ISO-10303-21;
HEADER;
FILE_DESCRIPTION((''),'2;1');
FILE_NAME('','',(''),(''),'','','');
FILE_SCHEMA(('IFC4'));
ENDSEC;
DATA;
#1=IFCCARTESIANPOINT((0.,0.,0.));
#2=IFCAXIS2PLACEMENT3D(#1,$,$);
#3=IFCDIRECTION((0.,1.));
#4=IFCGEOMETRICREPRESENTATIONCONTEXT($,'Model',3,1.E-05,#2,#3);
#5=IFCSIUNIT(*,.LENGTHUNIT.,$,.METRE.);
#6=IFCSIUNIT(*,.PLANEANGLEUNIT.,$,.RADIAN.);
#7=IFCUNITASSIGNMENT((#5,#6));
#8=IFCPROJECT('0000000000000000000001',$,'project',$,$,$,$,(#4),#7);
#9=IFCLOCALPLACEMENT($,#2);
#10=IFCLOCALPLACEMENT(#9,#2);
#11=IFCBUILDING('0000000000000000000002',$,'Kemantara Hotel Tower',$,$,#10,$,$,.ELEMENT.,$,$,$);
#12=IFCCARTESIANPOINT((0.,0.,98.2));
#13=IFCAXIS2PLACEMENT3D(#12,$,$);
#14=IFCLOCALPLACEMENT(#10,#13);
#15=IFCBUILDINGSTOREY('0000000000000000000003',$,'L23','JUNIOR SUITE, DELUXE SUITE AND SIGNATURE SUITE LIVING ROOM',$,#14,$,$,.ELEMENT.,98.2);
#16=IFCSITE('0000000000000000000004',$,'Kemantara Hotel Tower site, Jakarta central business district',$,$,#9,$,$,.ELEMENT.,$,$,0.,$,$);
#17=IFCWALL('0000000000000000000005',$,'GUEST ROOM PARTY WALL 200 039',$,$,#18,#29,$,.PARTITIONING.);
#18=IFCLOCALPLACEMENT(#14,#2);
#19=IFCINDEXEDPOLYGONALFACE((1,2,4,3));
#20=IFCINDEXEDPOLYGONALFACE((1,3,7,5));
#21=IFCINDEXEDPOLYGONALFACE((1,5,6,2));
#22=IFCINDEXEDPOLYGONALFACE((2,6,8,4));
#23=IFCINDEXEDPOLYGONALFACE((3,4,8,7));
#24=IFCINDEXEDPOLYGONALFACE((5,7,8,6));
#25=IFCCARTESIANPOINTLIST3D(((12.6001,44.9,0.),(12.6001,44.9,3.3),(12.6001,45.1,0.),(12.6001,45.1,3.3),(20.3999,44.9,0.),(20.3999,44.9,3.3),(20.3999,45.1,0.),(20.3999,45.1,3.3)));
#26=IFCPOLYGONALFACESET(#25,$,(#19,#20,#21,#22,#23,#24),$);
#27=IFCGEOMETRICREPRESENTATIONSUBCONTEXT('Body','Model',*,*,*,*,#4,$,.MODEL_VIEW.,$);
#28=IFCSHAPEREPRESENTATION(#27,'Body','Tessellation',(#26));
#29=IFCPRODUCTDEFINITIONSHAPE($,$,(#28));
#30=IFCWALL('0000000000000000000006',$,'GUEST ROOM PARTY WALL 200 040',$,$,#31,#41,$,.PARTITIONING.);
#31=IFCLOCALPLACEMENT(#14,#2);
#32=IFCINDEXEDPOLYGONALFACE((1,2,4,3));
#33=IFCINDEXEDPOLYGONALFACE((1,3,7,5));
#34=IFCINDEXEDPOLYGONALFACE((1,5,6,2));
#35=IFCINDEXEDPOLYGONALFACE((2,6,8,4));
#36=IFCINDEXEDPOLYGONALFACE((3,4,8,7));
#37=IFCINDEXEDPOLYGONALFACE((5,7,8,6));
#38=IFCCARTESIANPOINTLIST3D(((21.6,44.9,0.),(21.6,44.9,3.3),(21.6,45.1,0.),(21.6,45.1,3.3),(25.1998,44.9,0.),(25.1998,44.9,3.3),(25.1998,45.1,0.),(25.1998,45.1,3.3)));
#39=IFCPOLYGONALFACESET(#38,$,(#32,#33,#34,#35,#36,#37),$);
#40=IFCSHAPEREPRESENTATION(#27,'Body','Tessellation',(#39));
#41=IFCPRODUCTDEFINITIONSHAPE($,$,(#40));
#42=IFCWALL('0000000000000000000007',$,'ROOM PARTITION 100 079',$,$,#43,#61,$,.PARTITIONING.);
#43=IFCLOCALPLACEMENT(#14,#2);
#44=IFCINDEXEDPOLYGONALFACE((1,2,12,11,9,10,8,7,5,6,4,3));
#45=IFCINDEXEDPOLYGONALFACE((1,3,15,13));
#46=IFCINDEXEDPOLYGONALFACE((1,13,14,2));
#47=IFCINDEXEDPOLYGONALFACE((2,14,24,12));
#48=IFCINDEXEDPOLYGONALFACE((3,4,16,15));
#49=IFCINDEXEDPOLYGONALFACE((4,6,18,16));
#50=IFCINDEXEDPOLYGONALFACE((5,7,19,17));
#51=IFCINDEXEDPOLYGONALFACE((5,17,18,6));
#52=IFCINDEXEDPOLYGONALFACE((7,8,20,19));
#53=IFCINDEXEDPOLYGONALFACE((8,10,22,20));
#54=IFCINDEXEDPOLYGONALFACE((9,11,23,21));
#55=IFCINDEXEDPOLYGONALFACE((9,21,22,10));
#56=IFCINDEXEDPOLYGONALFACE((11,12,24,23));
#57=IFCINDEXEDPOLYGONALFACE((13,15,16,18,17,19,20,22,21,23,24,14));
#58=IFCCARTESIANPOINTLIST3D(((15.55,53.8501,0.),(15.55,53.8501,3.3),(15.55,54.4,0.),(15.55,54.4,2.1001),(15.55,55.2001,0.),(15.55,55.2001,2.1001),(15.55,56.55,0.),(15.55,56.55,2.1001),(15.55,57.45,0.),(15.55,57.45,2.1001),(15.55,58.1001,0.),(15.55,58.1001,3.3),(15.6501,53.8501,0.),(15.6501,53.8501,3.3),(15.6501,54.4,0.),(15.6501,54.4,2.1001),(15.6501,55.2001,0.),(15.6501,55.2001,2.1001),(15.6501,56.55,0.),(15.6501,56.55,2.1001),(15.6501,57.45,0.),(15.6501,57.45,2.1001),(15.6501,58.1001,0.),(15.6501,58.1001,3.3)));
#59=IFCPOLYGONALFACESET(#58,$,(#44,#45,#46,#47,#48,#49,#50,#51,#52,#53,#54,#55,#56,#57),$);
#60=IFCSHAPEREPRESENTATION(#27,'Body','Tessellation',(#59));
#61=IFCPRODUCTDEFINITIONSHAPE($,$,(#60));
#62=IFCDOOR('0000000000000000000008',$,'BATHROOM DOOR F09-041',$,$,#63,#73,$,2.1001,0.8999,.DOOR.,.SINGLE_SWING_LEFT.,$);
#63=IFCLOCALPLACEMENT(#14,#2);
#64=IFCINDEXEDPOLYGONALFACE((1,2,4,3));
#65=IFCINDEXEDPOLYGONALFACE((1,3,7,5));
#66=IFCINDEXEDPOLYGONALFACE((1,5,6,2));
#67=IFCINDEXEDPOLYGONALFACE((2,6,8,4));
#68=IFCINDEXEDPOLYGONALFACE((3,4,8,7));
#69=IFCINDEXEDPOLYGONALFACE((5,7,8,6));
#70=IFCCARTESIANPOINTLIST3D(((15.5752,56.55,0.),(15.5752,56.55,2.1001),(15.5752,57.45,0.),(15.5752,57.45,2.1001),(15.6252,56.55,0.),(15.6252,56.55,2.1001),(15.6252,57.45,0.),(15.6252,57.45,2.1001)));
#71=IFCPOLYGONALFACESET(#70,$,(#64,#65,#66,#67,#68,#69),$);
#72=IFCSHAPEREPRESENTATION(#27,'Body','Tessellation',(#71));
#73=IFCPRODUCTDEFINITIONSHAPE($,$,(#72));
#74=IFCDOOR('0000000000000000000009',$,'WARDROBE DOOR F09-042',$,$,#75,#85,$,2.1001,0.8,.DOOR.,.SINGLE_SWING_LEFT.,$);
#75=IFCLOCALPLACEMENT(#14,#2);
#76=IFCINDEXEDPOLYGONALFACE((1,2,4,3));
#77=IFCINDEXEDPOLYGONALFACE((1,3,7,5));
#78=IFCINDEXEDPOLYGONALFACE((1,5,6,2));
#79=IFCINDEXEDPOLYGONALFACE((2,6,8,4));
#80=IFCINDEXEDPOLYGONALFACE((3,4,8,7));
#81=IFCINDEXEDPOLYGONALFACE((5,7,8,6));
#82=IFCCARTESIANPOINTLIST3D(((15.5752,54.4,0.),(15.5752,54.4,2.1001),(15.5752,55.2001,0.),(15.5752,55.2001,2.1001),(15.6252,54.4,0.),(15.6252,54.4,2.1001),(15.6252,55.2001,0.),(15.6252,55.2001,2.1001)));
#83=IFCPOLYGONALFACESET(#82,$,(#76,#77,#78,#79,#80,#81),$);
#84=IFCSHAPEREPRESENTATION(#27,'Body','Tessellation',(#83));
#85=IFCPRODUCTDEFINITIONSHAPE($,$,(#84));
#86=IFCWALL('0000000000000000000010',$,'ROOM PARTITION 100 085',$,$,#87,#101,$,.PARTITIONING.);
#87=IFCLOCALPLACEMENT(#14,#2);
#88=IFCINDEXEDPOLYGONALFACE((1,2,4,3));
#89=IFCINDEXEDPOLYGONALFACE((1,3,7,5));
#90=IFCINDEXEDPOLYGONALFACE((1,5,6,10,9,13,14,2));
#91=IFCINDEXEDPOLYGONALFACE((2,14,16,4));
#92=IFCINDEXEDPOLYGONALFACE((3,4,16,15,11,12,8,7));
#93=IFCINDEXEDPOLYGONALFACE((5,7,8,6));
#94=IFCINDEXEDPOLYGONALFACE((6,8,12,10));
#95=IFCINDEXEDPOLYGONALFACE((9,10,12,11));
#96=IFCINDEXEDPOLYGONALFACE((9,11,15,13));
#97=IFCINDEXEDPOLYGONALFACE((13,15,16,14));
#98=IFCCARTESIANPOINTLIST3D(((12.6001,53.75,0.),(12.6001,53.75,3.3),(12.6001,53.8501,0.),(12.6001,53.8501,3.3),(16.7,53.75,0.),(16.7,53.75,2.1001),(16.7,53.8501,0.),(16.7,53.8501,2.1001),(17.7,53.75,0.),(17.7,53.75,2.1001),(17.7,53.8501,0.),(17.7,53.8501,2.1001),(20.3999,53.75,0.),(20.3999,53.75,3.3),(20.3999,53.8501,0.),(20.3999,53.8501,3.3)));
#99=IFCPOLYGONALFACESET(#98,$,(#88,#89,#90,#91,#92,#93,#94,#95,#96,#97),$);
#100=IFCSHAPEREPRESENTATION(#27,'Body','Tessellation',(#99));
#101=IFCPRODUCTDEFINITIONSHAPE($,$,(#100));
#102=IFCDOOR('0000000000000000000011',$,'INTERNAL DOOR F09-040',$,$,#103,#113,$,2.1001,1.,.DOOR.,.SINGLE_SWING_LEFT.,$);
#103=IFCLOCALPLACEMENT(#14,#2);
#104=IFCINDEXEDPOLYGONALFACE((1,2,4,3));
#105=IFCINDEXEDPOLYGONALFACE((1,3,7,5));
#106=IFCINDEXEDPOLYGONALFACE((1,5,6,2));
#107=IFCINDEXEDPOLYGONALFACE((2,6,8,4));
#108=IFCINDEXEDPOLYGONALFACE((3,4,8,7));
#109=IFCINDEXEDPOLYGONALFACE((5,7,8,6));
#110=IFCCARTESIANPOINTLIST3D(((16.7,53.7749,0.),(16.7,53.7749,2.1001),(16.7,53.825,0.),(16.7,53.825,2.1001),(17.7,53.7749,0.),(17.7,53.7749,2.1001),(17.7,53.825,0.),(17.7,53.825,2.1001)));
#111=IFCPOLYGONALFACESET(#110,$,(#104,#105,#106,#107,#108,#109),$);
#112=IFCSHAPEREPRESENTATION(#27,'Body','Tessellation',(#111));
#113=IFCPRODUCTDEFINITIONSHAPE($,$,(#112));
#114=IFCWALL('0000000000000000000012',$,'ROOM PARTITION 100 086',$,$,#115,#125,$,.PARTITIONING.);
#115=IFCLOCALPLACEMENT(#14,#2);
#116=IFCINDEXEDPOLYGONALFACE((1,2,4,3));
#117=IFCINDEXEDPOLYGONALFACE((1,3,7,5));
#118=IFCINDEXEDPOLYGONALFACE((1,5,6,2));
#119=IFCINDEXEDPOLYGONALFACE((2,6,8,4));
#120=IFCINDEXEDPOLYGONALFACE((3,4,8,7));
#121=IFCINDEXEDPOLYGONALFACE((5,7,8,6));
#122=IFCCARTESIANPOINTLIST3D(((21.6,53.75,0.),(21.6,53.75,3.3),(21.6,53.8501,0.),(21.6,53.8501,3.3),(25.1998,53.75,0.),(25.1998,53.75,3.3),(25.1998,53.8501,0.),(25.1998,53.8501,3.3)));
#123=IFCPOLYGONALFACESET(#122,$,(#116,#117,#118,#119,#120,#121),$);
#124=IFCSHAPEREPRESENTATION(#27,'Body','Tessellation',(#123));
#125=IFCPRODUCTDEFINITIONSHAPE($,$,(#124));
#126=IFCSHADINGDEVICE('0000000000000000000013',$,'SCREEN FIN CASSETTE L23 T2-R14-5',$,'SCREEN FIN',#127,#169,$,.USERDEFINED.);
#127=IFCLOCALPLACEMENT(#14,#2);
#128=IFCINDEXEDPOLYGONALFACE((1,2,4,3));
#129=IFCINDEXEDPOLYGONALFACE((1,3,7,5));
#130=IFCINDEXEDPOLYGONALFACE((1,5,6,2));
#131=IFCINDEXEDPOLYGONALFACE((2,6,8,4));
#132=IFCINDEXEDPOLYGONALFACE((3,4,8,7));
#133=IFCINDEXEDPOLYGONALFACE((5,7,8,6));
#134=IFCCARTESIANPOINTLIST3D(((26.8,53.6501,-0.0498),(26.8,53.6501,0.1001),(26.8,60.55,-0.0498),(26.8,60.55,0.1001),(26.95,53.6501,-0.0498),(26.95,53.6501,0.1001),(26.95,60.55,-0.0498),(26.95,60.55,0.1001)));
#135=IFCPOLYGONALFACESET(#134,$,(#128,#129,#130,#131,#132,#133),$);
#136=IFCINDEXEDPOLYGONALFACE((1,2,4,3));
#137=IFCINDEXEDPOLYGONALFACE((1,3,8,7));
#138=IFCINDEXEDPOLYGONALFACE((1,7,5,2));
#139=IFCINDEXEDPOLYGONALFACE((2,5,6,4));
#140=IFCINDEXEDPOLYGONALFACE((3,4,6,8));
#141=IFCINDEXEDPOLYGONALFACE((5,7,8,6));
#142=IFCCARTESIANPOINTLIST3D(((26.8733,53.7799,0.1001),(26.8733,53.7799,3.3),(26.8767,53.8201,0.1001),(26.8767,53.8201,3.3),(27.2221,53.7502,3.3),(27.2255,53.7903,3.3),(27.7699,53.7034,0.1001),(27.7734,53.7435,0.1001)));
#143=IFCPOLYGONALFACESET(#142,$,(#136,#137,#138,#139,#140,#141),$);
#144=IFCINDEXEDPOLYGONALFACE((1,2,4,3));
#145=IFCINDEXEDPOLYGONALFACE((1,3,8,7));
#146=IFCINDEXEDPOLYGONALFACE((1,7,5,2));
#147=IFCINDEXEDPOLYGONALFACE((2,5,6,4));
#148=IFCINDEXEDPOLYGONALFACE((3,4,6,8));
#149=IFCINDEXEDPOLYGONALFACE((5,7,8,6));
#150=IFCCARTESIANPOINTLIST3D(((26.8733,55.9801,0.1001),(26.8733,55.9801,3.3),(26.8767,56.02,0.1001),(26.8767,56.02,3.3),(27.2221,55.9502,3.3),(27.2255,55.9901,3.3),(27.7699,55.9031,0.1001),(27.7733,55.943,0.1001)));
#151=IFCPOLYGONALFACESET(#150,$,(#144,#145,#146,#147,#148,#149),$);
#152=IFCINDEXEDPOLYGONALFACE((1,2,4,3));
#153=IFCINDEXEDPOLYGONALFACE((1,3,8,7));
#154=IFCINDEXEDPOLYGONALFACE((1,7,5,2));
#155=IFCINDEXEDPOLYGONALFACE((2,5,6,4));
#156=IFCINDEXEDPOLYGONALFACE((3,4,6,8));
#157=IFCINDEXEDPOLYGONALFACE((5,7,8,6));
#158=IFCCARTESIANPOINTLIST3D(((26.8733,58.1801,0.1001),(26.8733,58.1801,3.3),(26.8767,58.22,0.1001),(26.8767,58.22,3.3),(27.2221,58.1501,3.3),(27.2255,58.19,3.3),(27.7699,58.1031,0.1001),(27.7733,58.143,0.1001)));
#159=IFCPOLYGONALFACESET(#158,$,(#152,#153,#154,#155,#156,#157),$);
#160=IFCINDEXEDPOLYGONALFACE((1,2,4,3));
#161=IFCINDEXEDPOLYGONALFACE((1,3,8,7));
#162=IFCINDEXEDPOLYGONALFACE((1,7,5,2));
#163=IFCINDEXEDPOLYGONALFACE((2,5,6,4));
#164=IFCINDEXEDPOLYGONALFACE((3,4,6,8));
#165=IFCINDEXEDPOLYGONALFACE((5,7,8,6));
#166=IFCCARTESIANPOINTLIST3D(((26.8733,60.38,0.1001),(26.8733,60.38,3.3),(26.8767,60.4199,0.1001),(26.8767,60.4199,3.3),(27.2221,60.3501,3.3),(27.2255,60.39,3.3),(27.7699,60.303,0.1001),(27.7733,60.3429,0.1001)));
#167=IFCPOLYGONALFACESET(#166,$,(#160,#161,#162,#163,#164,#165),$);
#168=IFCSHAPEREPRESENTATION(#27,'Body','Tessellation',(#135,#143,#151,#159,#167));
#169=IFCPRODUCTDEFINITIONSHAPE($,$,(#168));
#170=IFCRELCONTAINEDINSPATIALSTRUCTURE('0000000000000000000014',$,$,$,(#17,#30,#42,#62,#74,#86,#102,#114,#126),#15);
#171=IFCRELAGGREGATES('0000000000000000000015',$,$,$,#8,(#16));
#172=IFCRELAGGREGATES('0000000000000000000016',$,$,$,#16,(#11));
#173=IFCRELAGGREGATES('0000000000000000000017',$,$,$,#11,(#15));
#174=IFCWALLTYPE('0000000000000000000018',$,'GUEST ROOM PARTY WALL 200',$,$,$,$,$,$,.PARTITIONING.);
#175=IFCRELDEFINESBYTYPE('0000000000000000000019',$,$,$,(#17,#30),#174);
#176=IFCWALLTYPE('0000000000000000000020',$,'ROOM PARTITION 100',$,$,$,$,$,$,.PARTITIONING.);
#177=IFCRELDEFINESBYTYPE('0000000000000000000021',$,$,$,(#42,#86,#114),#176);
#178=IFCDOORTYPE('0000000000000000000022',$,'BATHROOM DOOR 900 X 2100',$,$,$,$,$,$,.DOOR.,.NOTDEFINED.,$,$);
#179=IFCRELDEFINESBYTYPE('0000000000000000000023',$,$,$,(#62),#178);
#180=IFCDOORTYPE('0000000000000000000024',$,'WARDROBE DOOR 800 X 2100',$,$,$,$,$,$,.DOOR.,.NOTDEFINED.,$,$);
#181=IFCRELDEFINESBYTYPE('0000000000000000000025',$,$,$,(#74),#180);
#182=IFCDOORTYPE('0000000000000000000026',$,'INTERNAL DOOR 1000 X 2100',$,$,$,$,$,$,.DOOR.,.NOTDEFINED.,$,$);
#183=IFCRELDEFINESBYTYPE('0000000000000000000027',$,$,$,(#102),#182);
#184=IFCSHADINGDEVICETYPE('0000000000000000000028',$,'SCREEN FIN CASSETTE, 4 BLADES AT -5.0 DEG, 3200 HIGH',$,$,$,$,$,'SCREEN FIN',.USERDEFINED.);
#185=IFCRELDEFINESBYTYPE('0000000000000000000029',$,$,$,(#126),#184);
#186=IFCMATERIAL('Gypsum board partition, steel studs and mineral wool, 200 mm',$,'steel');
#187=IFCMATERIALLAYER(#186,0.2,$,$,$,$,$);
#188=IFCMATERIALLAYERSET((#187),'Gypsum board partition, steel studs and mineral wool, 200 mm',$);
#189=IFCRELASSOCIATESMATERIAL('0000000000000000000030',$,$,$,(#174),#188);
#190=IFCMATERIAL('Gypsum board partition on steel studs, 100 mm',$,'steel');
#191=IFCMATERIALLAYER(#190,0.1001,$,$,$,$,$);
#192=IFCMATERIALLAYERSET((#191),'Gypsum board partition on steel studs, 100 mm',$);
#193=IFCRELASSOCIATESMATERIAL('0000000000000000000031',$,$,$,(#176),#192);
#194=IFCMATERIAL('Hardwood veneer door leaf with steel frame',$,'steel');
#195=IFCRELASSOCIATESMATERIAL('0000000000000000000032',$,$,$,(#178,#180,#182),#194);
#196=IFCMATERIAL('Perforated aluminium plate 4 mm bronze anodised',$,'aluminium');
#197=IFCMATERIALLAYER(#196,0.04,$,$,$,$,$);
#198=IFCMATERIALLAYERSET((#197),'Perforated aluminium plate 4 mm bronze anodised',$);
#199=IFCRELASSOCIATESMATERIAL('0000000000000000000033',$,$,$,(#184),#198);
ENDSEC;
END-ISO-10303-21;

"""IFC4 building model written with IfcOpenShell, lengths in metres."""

from ifc_helpers import new_model, si_unit, direction, frame, frame_2d, origin, origin_2d, place, context, subcontext, project, spatial, polyline, rectangle, outline, extrude, source, transform, mapped, material, layer, layer_set, type_object, element, fill, save


model = new_model("IFC4")

# Units and contexts
model_context = context("Model", 3, precision=1e-05, world=origin(), true_north=direction((0.0, 1.0)))
body_context = subcontext(model_context, "Body", "Model", "MODEL_VIEW")
ifc_project = project(units=[si_unit("LENGTHUNIT", "METRE"), si_unit("PLANEANGLEUNIT", "RADIAN")], contexts=[model_context])

# Site, building, storey
site_placement = place(None, origin())
site = spatial("IfcSite", under=ifc_project, at=site_placement, Name="Kemantara Hotel Tower site, Jakarta central business district", CompositionType="ELEMENT", RefElevation=0.0)
building_placement = place(site_placement, origin())
building = spatial("IfcBuilding", under=site, at=building_placement, Name="Kemantara Hotel Tower", CompositionType="ELEMENT")
storey_placement = place(building_placement, frame((0.0, 0.0, 98.2)))
storey = spatial("IfcBuildingStorey", under=building, at=storey_placement, Name="L23", Description="JUNIOR SUITE, DELUXE SUITE AND SIGNATURE SUITE LIVING ROOM", CompositionType="ELEMENT", Elevation=98.2)

# Walls
ifc_material_1 = material(Name="Gypsum board partition, steel studs and mineral wool, 200 mm", Category="steel")
ifc_layer_1 = layer(ifc_material_1, 0.2)
ifc_layer_set_1 = layer_set([ifc_layer_1], Name="Gypsum board partition, steel studs and mineral wool, 200 mm")
wall_type_1 = type_object("IfcWallType", Name="GUEST ROOM PARTY WALL 200", PredefinedType="PARTITIONING", material=ifc_layer_set_1)
wall_1_placement = place(storey_placement, frame((12.6001, 45.0, 0.0), z_axis=(0.0, 0.0, 1.0), x_axis=(1.0, 0.0, 0.0)))
element("IfcWall", 1, at=wall_1_placement, inside=storey, type_object=wall_type_1, Name="GUEST ROOM PARTY WALL 200 039", PredefinedType="PARTITIONING", context=body_context, shape_type="SweptSolid", body=[
    extrude(rectangle(XDim=7.7998, YDim=0.2, at=frame_2d((3.8999, 0.0))), origin(), (0.0, 0.0, 1.0), 3.3),
])
wall_2_placement = place(storey_placement, frame((21.6001, 45.0, 0.0), z_axis=(0.0, 0.0, 1.0), x_axis=(1.0, 0.0, 0.0)))
element("IfcWall", 2, at=wall_2_placement, inside=storey, type_object=wall_type_1, Name="GUEST ROOM PARTY WALL 200 040", PredefinedType="PARTITIONING", context=body_context, shape_type="SweptSolid", body=[
    extrude(rectangle(XDim=3.5999, YDim=0.2, at=frame_2d((1.7998, 0.0))), origin(), (0.0, 0.0, 1.0), 3.3),
])

# Wall, openings, doors
ifc_material_2 = material(Name="Gypsum board partition on steel studs, 100 mm", Category="steel")
ifc_layer_2 = layer(ifc_material_2, 0.1001)
ifc_layer_set_2 = layer_set([ifc_layer_2], Name="Gypsum board partition on steel studs, 100 mm")
wall_type_2 = type_object("IfcWallType", Name="ROOM PARTITION 100", PredefinedType="PARTITIONING", material=ifc_layer_set_2)
wall_3_placement = place(storey_placement, frame((15.6001, 53.8501, 0.0), z_axis=(0.0, 0.0, 1.0), x_axis=(0.0, 1.0, 0.0)))
wall_3 = element("IfcWall", 3, at=wall_3_placement, inside=storey, type_object=wall_type_2, Name="ROOM PARTITION 100 079", PredefinedType="PARTITIONING", context=body_context, shape_type="SweptSolid", body=[
    extrude(rectangle(XDim=4.25, YDim=0.1001, at=frame_2d((2.125, 0.0))), origin(), (0.0, 0.0, 1.0), 3.3),
])
opening_1_placement = place(wall_3_placement, frame((2.7, 0.0, 0.0)))
opening_1 = element("IfcOpeningElement", 4, at=opening_1_placement, cuts=wall_3, PredefinedType="OPENING", context=body_context, shape_type="SweptSolid", body=[
    extrude(rectangle(XDim=0.8999, YDim=2.1001, at=frame_2d((0.45, 1.05))), frame((0.0, 0.0601, 0.0), z_axis=(0.0, -1.0, 0.0), x_axis=(1.0, 0.0, 0.0)), (0.0, 0.0, 1.0), 0.1201),
])
opening_2_placement = place(wall_3_placement, frame((0.55, 0.0, 0.0)))
opening_2 = element("IfcOpeningElement", 5, at=opening_2_placement, cuts=wall_3, PredefinedType="OPENING", context=body_context, shape_type="SweptSolid", body=[
    extrude(rectangle(XDim=0.8, YDim=2.1001, at=frame_2d((0.3999, 1.05))), frame((0.0, 0.0601, 0.0), z_axis=(0.0, -1.0, 0.0), x_axis=(1.0, 0.0, 0.0)), (0.0, 0.0, 1.0), 0.1201),
])
ifc_material_3 = material(Name="Hardwood veneer door leaf with steel frame", Category="steel")
door_type_1 = type_object("IfcDoorType", Name="BATHROOM DOOR 900 X 2100", OperationType="NOTDEFINED", PredefinedType="DOOR", material=ifc_material_3)
door_1_placement = place(opening_1_placement, origin())
door_1 = element("IfcDoor", 6, at=door_1_placement, inside=storey, type_object=door_type_1, Name="BATHROOM DOOR F09-041", OperationType="SINGLE_SWING_LEFT", OverallHeight=2.1001, OverallWidth=0.8999, PredefinedType="DOOR", context=body_context, shape_type="SweptSolid", body=[
    extrude(rectangle(XDim=0.8999, YDim=2.1001, at=frame_2d((0.45, 1.05))), frame((0.0, 0.0249, 0.0), z_axis=(0.0, -1.0, 0.0), x_axis=(1.0, 0.0, 0.0)), (0.0, 0.0, 1.0), 0.05),
])
fill(opening_1, door_1)
door_type_2 = type_object("IfcDoorType", Name="WARDROBE DOOR 800 X 2100", OperationType="NOTDEFINED", PredefinedType="DOOR", material=ifc_material_3)
door_2_placement = place(opening_2_placement, origin())
door_2 = element("IfcDoor", 7, at=door_2_placement, inside=storey, type_object=door_type_2, Name="WARDROBE DOOR F09-042", OperationType="SINGLE_SWING_LEFT", OverallHeight=2.1001, OverallWidth=0.8, PredefinedType="DOOR", context=body_context, shape_type="SweptSolid", body=[
    extrude(rectangle(XDim=0.8, YDim=2.1001, at=frame_2d((0.3999, 1.05))), frame((0.0, 0.0249, 0.0), z_axis=(0.0, -1.0, 0.0), x_axis=(1.0, 0.0, 0.0)), (0.0, 0.0, 1.0), 0.05),
])
fill(opening_2, door_2)

# Wall, opening, door
wall_4_placement = place(storey_placement, frame((12.6001, 53.8, 0.0), z_axis=(0.0, 0.0, 1.0), x_axis=(1.0, 0.0, 0.0)))
wall_4 = element("IfcWall", 8, at=wall_4_placement, inside=storey, type_object=wall_type_2, Name="ROOM PARTITION 100 085", PredefinedType="PARTITIONING", context=body_context, shape_type="SweptSolid", body=[
    extrude(rectangle(XDim=7.7998, YDim=0.1001, at=frame_2d((3.8999, 0.0))), origin(), (0.0, 0.0, 1.0), 3.3),
])
opening_3_placement = place(wall_4_placement, frame((4.0999, 0.0, 0.0)))
opening_3 = element("IfcOpeningElement", 9, at=opening_3_placement, cuts=wall_4, PredefinedType="OPENING", context=body_context, shape_type="SweptSolid", body=[
    extrude(rectangle(XDim=1.0, YDim=2.1001, at=frame_2d((0.5, 1.05))), frame((0.0, 0.0601, 0.0), z_axis=(0.0, -1.0, 0.0), x_axis=(1.0, 0.0, 0.0)), (0.0, 0.0, 1.0), 0.1201),
])
door_type_3 = type_object("IfcDoorType", Name="INTERNAL DOOR 1000 X 2100", OperationType="NOTDEFINED", PredefinedType="DOOR", material=ifc_material_3)
door_3_placement = place(opening_3_placement, origin())
door_3 = element("IfcDoor", 10, at=door_3_placement, inside=storey, type_object=door_type_3, Name="INTERNAL DOOR F09-040", OperationType="SINGLE_SWING_LEFT", OverallHeight=2.1001, OverallWidth=1.0, PredefinedType="DOOR", context=body_context, shape_type="SweptSolid", body=[
    extrude(rectangle(XDim=1.0, YDim=2.1001, at=frame_2d((0.5, 1.05))), frame((0.0, 0.0249, 0.0), z_axis=(0.0, -1.0, 0.0), x_axis=(1.0, 0.0, 0.0)), (0.0, 0.0, 1.0), 0.05),
])
fill(opening_3, door_3)

# Wall
wall_5_placement = place(storey_placement, frame((21.6001, 53.8, 0.0), z_axis=(0.0, 0.0, 1.0), x_axis=(1.0, 0.0, 0.0)))
element("IfcWall", 11, at=wall_5_placement, inside=storey, type_object=wall_type_2, Name="ROOM PARTITION 100 086", PredefinedType="PARTITIONING", context=body_context, shape_type="SweptSolid", body=[
    extrude(rectangle(XDim=3.5999, YDim=0.1001, at=frame_2d((1.7998, 0.0))), origin(), (0.0, 0.0, 1.0), 3.3),
])

# Shading device
ifc_material_4 = material(Name="Perforated aluminium plate 4 mm bronze anodised", Category="aluminium")
ifc_layer_3 = layer(ifc_material_4, 0.04)
ifc_layer_set_3 = layer_set([ifc_layer_3], Name="Perforated aluminium plate 4 mm bronze anodised")
shading_device_type_1 = type_object("IfcShadingDeviceType", Name="SCREEN FIN CASSETTE, 4 BLADES AT -5.0 DEG, 3200 HIGH", ElementType="SCREEN FIN", PredefinedType="USERDEFINED", material=ifc_layer_set_3)
shared_shape_1 = source(origin(), body_context, "Body", "SweptSolid", [
    extrude(rectangle(XDim=6.8999, YDim=0.1499, at=origin_2d()), frame((3.3, -0.075, -0.1499), z_axis=(0.0, 0.0, 1.0), x_axis=(1.0, 0.0, 0.0)), (0.0, 0.0, 1.0), 0.1499),
    extrude(outline(polyline([(0.0, 0.0), (0.8999, 0.0), (0.3501, 3.2), (0.0, 3.2), (0.0, 0.0)])), frame((0.02, -0.0767, 0.0), z_axis=(-0.996376, 0.085056, 0.0), x_axis=(-0.085056, -0.996376, 0.0)), (0.0, 0.0, 1.0), 0.0403),
    extrude(outline(polyline([(0.0, 0.0), (0.8999, 0.0), (0.3501, 3.2), (0.0, 3.2), (0.0, 0.0)])), frame((2.22, -0.0767, 0.0), z_axis=(-0.996332, 0.085575, 0.0), x_axis=(-0.085575, -0.996332, 0.0)), (0.0, 0.0, 1.0), 0.04),
    extrude(outline(polyline([(0.0, 0.0), (0.8999, 0.0), (0.3501, 3.2), (0.0, 3.2), (0.0, 0.0)])), frame((4.4199, -0.0767, 0.0), z_axis=(-0.996332, 0.085575, 0.0), x_axis=(-0.085575, -0.996332, 0.0)), (0.0, 0.0, 1.0), 0.04),
    extrude(outline(polyline([(0.0, 0.0), (0.8999, 0.0), (0.3501, 3.2), (0.0, 3.2), (0.0, 0.0)])), frame((6.6199, -0.0767, 0.0), z_axis=(-0.996332, 0.085575, 0.0), x_axis=(-0.085575, -0.996332, 0.0)), (0.0, 0.0, 1.0), 0.04),
])
shading_device_1_placement = place(storey_placement, frame((26.8, 53.8, 0.1001), z_axis=(0.0, 0.0, 1.0), x_axis=(0.0, 1.0, 0.0)))
element("IfcShadingDevice", 12, at=shading_device_1_placement, inside=storey, type_object=shading_device_type_1, Name="SCREEN FIN CASSETTE L23 T2-R14-5", ObjectType="SCREEN FIN", PredefinedType="USERDEFINED", context=body_context, shape_type="MappedRepresentation", body=[
    mapped(shared_shape_1, transform((0.0, 0.0, 0.0))),
])

save(model, "model.ifc")
